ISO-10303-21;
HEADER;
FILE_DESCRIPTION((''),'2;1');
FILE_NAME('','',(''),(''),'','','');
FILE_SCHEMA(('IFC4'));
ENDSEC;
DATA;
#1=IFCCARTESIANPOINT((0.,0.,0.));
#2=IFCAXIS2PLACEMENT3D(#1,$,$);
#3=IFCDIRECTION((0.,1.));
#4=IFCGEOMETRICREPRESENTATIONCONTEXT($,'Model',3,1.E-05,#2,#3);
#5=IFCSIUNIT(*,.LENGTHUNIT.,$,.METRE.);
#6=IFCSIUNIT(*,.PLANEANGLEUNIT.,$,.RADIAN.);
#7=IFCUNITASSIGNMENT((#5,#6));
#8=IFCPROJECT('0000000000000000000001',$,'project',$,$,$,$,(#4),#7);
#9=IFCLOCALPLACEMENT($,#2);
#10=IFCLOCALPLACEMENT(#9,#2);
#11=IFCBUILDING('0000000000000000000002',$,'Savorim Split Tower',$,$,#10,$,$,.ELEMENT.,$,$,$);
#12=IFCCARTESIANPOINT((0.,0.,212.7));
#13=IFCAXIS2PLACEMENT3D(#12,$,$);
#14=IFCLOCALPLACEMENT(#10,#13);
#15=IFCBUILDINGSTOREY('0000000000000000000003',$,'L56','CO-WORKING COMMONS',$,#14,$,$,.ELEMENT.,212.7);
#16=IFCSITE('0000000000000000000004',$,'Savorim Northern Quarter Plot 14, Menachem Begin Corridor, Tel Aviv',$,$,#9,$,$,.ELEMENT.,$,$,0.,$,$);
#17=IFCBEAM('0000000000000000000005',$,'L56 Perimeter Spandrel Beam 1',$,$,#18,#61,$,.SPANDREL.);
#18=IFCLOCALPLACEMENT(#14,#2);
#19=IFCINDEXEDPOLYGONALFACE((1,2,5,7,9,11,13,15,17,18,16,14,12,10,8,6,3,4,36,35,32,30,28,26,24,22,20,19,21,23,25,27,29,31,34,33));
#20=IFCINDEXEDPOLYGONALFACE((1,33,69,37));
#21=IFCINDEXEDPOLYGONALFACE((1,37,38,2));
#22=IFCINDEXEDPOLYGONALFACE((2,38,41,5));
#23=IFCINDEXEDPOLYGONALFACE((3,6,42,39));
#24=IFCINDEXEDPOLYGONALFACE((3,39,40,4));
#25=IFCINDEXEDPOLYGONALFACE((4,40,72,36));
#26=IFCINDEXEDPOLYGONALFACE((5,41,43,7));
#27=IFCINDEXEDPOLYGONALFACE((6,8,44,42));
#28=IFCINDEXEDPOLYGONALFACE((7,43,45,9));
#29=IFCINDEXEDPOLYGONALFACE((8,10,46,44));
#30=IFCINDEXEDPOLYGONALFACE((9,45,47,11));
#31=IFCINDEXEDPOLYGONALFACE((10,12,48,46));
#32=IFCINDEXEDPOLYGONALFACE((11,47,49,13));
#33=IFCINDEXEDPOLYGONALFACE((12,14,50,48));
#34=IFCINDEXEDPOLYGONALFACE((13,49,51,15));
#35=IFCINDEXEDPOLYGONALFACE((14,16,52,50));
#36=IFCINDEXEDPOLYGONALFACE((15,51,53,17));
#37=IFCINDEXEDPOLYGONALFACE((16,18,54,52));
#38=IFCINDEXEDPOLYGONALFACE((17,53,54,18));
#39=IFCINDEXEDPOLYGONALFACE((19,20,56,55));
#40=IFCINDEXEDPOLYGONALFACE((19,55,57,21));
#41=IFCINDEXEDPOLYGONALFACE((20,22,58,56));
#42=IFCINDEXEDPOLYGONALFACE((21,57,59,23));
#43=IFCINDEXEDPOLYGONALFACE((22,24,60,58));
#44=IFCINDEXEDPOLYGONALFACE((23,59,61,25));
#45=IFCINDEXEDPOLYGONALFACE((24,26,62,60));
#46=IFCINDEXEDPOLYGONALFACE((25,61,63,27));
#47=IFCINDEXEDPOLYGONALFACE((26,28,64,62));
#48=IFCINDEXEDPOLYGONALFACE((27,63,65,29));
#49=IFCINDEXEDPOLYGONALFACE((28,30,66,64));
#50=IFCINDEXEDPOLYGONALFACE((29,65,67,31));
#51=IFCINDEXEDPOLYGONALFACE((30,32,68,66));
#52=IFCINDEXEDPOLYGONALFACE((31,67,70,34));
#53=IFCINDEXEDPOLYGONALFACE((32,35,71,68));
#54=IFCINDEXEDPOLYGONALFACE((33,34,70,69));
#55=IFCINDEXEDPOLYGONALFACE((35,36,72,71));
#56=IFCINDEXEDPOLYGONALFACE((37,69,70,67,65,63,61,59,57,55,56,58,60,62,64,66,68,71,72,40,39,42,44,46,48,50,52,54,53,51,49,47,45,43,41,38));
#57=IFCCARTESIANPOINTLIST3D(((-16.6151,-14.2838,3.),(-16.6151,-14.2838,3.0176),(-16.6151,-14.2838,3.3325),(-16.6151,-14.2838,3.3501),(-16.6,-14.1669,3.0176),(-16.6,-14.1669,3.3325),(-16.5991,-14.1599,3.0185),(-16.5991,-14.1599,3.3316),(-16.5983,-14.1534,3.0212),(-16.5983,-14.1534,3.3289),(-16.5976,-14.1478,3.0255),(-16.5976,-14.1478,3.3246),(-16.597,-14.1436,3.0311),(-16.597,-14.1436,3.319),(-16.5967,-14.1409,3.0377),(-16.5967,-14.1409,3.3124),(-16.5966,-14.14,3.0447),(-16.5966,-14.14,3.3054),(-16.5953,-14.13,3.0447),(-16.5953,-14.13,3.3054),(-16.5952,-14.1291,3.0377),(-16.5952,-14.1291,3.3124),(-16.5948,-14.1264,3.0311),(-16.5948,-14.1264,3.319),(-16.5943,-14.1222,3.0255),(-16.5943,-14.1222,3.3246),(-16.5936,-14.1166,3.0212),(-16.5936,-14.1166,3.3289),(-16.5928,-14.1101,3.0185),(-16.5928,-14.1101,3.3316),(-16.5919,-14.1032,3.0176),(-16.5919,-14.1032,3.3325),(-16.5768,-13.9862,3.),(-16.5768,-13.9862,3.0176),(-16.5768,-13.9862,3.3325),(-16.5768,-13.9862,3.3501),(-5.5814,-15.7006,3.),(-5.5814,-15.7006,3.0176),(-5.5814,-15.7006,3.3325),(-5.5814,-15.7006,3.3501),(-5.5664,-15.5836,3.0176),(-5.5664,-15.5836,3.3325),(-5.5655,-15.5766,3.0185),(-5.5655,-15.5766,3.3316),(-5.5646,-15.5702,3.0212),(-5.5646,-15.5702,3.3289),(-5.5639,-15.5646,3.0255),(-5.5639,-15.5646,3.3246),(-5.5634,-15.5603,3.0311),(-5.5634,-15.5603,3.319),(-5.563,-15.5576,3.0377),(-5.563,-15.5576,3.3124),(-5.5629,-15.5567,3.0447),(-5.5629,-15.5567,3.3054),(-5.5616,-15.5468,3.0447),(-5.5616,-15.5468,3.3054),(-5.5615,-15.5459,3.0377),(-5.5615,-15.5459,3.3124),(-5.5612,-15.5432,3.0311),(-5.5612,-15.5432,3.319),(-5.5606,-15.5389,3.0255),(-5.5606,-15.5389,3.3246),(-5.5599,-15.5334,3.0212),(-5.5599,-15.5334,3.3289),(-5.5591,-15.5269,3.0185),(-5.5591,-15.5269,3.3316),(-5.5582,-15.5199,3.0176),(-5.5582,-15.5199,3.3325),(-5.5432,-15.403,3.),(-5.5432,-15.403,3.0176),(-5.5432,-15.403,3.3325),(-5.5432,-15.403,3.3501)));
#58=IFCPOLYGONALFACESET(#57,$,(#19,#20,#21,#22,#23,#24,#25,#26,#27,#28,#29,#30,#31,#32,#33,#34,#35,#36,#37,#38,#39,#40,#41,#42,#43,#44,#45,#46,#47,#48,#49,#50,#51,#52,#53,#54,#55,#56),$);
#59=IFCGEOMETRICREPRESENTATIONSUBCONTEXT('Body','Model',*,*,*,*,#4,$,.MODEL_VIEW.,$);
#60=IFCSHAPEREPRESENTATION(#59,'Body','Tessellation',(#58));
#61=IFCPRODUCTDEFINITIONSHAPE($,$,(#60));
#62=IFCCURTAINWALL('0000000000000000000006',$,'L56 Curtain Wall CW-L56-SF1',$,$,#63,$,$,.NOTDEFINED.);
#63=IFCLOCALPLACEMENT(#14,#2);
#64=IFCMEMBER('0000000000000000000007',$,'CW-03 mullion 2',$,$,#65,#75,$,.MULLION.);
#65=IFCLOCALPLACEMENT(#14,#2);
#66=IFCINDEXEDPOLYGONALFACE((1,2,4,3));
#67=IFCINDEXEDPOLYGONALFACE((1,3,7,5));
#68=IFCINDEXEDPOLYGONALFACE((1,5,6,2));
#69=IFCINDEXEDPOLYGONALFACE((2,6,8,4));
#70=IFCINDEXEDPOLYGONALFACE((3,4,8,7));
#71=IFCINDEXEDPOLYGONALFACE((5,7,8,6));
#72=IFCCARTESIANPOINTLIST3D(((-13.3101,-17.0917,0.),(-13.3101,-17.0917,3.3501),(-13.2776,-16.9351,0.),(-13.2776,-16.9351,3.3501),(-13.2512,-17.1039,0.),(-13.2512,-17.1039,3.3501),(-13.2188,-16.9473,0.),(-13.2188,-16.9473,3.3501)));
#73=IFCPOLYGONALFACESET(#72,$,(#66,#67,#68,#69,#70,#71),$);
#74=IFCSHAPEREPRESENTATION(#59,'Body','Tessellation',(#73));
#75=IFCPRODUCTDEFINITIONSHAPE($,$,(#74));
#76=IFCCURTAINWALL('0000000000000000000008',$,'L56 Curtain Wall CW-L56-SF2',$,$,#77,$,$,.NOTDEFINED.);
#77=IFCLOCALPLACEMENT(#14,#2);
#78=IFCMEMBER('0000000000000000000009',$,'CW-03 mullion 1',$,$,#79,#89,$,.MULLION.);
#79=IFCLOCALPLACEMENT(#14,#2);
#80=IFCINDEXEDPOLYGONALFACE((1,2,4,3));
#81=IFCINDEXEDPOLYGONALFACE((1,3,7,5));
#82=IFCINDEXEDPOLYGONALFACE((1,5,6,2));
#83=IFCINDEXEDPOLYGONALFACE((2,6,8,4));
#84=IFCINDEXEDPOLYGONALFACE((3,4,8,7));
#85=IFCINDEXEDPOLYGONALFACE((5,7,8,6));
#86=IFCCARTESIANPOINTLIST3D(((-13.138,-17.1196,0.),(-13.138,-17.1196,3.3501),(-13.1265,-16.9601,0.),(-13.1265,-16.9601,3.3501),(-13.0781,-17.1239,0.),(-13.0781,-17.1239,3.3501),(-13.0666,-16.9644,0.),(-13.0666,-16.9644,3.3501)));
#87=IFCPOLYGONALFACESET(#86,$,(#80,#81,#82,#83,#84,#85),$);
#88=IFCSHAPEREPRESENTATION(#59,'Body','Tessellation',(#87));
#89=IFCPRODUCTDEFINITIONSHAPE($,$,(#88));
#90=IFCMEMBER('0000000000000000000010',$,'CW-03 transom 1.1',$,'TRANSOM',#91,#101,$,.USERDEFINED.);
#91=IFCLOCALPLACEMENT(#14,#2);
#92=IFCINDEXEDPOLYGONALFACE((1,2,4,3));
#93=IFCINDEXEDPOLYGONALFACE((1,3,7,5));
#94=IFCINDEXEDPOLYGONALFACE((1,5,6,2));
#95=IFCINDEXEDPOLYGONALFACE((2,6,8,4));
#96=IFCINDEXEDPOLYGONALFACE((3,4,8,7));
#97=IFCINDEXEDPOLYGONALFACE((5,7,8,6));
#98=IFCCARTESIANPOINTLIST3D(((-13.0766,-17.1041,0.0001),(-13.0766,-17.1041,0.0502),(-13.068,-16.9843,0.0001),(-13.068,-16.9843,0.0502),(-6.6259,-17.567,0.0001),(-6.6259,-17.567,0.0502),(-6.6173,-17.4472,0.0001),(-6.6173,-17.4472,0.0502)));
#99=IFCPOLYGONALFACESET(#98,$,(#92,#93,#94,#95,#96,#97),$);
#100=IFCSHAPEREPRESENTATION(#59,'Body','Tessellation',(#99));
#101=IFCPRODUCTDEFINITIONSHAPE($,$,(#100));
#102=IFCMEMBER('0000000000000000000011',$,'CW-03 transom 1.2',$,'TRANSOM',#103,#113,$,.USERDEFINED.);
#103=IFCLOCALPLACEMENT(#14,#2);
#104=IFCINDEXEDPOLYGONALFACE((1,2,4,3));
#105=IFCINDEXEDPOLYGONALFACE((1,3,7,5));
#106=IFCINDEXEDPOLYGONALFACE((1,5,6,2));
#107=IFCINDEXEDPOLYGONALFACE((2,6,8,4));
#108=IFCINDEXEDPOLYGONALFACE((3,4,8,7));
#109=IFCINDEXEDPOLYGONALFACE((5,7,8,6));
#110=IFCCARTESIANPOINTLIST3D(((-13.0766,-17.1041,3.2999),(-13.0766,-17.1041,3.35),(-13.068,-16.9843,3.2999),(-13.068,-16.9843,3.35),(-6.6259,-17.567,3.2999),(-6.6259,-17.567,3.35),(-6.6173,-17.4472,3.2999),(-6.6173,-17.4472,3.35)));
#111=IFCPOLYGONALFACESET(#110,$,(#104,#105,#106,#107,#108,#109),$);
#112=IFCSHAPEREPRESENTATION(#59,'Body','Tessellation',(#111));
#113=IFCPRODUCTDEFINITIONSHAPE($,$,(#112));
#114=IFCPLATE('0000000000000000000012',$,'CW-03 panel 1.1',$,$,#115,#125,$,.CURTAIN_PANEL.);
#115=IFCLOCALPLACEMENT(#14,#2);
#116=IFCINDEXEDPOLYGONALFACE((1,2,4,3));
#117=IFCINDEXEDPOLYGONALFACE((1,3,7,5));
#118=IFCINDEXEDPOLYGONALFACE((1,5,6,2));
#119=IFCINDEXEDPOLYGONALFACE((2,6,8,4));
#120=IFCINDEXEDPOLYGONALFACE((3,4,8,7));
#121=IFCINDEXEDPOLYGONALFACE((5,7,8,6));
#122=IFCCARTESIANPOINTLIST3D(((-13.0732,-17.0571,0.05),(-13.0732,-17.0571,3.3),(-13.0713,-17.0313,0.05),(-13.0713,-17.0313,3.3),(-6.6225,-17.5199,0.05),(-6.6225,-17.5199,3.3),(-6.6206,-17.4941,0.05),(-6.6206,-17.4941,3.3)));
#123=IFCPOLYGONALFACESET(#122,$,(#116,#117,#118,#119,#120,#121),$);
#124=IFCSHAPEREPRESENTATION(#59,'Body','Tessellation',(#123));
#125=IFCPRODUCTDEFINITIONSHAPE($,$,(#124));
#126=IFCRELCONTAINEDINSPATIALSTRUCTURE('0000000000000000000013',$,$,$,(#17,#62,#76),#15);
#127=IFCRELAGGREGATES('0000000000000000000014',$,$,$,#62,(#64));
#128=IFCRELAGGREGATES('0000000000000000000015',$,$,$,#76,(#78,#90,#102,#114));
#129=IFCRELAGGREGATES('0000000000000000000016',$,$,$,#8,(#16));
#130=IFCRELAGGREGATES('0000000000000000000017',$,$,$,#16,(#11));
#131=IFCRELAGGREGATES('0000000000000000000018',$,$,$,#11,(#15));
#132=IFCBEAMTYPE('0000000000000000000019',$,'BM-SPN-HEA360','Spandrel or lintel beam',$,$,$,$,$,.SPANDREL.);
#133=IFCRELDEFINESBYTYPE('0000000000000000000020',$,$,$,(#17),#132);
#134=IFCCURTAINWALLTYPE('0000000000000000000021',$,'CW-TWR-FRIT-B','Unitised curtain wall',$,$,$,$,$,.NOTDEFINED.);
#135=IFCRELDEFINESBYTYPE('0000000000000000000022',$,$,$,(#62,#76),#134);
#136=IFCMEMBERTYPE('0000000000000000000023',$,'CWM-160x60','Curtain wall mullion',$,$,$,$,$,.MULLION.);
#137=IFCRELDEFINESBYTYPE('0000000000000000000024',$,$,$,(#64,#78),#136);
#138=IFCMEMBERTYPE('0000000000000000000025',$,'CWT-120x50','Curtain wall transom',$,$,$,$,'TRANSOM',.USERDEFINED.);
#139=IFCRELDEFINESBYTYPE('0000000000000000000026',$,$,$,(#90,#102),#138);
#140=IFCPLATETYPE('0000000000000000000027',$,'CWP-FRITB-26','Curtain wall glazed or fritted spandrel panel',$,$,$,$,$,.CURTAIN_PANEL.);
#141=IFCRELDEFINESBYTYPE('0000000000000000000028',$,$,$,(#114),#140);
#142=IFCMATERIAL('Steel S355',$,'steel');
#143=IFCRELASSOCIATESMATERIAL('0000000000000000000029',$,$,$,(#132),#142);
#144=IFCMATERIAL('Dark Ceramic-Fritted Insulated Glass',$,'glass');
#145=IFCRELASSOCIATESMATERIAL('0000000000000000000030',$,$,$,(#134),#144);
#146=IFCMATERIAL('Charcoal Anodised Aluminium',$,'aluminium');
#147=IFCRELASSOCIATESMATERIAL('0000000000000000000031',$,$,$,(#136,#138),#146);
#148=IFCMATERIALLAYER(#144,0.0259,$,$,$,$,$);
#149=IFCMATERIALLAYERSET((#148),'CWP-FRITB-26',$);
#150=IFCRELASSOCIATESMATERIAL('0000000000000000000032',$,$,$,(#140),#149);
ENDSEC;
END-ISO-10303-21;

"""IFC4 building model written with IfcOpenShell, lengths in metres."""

from ifc_helpers import new_model, si_unit, direction, frame, origin, origin_2d, place, context, subcontext, project, spatial, rectangle, i_section, extrude, material, layer, layer_set, material_profile, profile_set, type_object, element, aggregate, save


model = new_model("IFC4")

# Units and contexts
model_context = context("Model", 3, precision=1e-05, world=origin(), true_north=direction((0.0, 1.0)))
body_context = subcontext(model_context, "Body", "Model", "MODEL_VIEW")
ifc_project = project(units=[si_unit("LENGTHUNIT", "METRE"), si_unit("PLANEANGLEUNIT", "RADIAN")], contexts=[model_context])

# Site, building, storey
site_placement = place(None, origin())
site = spatial("IfcSite", under=ifc_project, at=site_placement, Name="Savorim Northern Quarter Plot 14, Menachem Begin Corridor, Tel Aviv", CompositionType="ELEMENT", RefElevation=0.0)
building_placement = place(site_placement, origin())
building = spatial("IfcBuilding", under=site, at=building_placement, Name="Savorim Split Tower", CompositionType="ELEMENT")
storey_placement = place(building_placement, frame((0.0, 0.0, 212.7)))
storey = spatial("IfcBuildingStorey", under=building, at=storey_placement, Name="L56", Description="CO-WORKING COMMONS", CompositionType="ELEMENT", Elevation=212.7)

# Beam
ifc_material_1 = material(Name="Steel S355", Category="steel")
ifc_material_profile_1 = material_profile(ifc_material_1, i_section(OverallWidth=0.3, OverallDepth=0.3501, WebThickness=0.01, FlangeThickness=0.0176, FilletRadius=0.0271, at=origin_2d()), Name="HEA 360")
ifc_profile_set_1 = profile_set([ifc_material_profile_1], Name="Steel S355")
beam_type_1 = type_object("IfcBeamType", Name="BM-SPN-HEA360", Description="Spandrel or lintel beam", PredefinedType="SPANDREL", material=ifc_profile_set_1)
beam_1_placement = place(storey_placement, frame((-16.5959, -14.135, 3.175), z_axis=(0.991857, -0.127356, 0.0), x_axis=(0.127356, 0.991857, 0.0)))
element("IfcBeam", 1, at=beam_1_placement, inside=storey, type_object=beam_type_1, Name="L56 Perimeter Spandrel Beam 1", PredefinedType="SPANDREL", context=body_context, shape_type="SweptSolid", body=[
    extrude(i_section(OverallWidth=0.3, OverallDepth=0.3501, WebThickness=0.01, FlangeThickness=0.0176, FilletRadius=0.0271, at=origin_2d()), origin(), (0.0, 0.0, 1.0), 11.1243),
])

# Curtain wall, member
ifc_material_2 = material(Name="Dark Ceramic-Fritted Insulated Glass", Category="glass")
curtain_wall_type = type_object("IfcCurtainWallType", Name="CW-TWR-FRIT-B", Description="Unitised curtain wall", PredefinedType="NOTDEFINED", material=ifc_material_2)
curtain_wall_1_placement = place(storey_placement, origin())
curtain_wall_1 = element("IfcCurtainWall", 2, at=curtain_wall_1_placement, inside=storey, type_object=curtain_wall_type, Name="L56 Curtain Wall CW-L56-SF1", PredefinedType="NOTDEFINED")
ifc_material_3 = material(Name="Charcoal Anodised Aluminium", Category="aluminium")
ifc_material_profile_2 = material_profile(ifc_material_3, rectangle(XDim=0.1599, YDim=0.0601, at=origin_2d()), Name="ALU-M 160x60")
ifc_profile_set_2 = profile_set([ifc_material_profile_2], Name="Charcoal Anodised Aluminium")
member_type_1 = type_object("IfcMemberType", Name="CWM-160x60", Description="Curtain wall mullion", PredefinedType="MULLION", material=ifc_profile_set_2)
member_1_placement = place(storey_placement, frame((-13.2644, -17.0195, 0.0), z_axis=(0.0, 0.0, 1.0), x_axis=(0.203208, 0.979136, 0.0)))
member_1 = element("IfcMember", 3, at=member_1_placement, type_object=member_type_1, Name="CW-03 mullion 2", PredefinedType="MULLION", context=body_context, shape_type="SweptSolid", body=[
    extrude(rectangle(XDim=0.1599, YDim=0.0601, at=origin_2d()), origin(), (0.0, 0.0, 1.0), 3.3501),
])
aggregate(curtain_wall_1, [member_1])

# Curtain wall, members, plate
curtain_wall_2_placement = place(storey_placement, origin())
curtain_wall_2 = element("IfcCurtainWall", 4, at=curtain_wall_2_placement, inside=storey, type_object=curtain_wall_type, Name="L56 Curtain Wall CW-L56-SF2", PredefinedType="NOTDEFINED")
member_2_placement = place(storey_placement, frame((-13.1023, -17.042, 0.0), z_axis=(0.0, 0.0, 1.0), x_axis=(0.071562, 0.997436, 0.0)))
member_2 = element("IfcMember", 5, at=member_2_placement, type_object=member_type_1, Name="CW-03 mullion 1", PredefinedType="MULLION", context=body_context, shape_type="SweptSolid", body=[
    extrude(rectangle(XDim=0.1599, YDim=0.0601, at=origin_2d()), origin(), (0.0, 0.0, 1.0), 3.3501),
])
ifc_material_profile_3 = material_profile(ifc_material_3, rectangle(XDim=0.1201, YDim=0.05, at=origin_2d()), Name="ALU-T 120x50")
ifc_profile_set_3 = profile_set([ifc_material_profile_3], Name="Charcoal Anodised Aluminium")
member_type_2 = type_object("IfcMemberType", Name="CWT-120x50", Description="Curtain wall transom", ElementType="TRANSOM", PredefinedType="USERDEFINED", material=ifc_profile_set_3)
member_3_placement = place(storey_placement, frame((-13.0723, -17.0442, 0.0251), z_axis=(0.997435, -0.071574, 0.0), x_axis=(0.071574, 0.997435, 0.0)))
member_3 = element("IfcMember", 6, at=member_3_placement, type_object=member_type_2, Name="CW-03 transom 1.1", ObjectType="TRANSOM", PredefinedType="USERDEFINED", context=body_context, shape_type="SweptSolid", body=[
    extrude(rectangle(XDim=0.1201, YDim=0.05, at=origin_2d()), origin(), (0.0, 0.0, 1.0), 6.4673),
])
member_4_placement = place(storey_placement, frame((-13.0723, -17.0442, 3.325), z_axis=(0.997435, -0.071574, 0.0), x_axis=(0.071574, 0.997435, 0.0)))
member_4 = element("IfcMember", 7, at=member_4_placement, type_object=member_type_2, Name="CW-03 transom 1.2", ObjectType="TRANSOM", PredefinedType="USERDEFINED", context=body_context, shape_type="SweptSolid", body=[
    extrude(rectangle(XDim=0.1201, YDim=0.05, at=origin_2d()), origin(), (0.0, 0.0, 1.0), 6.4673),
])
ifc_layer_1 = layer(ifc_material_2, 0.0259)
ifc_layer_set_1 = layer_set([ifc_layer_1], Name="CWP-FRITB-26")
plate_type = type_object("IfcPlateType", Name="CWP-FRITB-26", Description="Curtain wall glazed or fritted spandrel panel", PredefinedType="CURTAIN_PANEL", material=ifc_layer_set_1)
plate_placement = place(storey_placement, frame((-9.8469, -17.2756, 0.05), z_axis=(0.0, 0.0, 1.0), x_axis=(0.997436, -0.071562, 0.0)))
plate = element("IfcPlate", 8, at=plate_placement, type_object=plate_type, Name="CW-03 panel 1.1", PredefinedType="CURTAIN_PANEL", context=body_context, shape_type="SweptSolid", body=[
    extrude(rectangle(XDim=6.4673, YDim=0.0259, at=origin_2d()), origin(), (0.0, 0.0, 1.0), 3.25),
])
aggregate(curtain_wall_2, [member_2, member_3, member_4, plate])

save(model, "model.ifc")
